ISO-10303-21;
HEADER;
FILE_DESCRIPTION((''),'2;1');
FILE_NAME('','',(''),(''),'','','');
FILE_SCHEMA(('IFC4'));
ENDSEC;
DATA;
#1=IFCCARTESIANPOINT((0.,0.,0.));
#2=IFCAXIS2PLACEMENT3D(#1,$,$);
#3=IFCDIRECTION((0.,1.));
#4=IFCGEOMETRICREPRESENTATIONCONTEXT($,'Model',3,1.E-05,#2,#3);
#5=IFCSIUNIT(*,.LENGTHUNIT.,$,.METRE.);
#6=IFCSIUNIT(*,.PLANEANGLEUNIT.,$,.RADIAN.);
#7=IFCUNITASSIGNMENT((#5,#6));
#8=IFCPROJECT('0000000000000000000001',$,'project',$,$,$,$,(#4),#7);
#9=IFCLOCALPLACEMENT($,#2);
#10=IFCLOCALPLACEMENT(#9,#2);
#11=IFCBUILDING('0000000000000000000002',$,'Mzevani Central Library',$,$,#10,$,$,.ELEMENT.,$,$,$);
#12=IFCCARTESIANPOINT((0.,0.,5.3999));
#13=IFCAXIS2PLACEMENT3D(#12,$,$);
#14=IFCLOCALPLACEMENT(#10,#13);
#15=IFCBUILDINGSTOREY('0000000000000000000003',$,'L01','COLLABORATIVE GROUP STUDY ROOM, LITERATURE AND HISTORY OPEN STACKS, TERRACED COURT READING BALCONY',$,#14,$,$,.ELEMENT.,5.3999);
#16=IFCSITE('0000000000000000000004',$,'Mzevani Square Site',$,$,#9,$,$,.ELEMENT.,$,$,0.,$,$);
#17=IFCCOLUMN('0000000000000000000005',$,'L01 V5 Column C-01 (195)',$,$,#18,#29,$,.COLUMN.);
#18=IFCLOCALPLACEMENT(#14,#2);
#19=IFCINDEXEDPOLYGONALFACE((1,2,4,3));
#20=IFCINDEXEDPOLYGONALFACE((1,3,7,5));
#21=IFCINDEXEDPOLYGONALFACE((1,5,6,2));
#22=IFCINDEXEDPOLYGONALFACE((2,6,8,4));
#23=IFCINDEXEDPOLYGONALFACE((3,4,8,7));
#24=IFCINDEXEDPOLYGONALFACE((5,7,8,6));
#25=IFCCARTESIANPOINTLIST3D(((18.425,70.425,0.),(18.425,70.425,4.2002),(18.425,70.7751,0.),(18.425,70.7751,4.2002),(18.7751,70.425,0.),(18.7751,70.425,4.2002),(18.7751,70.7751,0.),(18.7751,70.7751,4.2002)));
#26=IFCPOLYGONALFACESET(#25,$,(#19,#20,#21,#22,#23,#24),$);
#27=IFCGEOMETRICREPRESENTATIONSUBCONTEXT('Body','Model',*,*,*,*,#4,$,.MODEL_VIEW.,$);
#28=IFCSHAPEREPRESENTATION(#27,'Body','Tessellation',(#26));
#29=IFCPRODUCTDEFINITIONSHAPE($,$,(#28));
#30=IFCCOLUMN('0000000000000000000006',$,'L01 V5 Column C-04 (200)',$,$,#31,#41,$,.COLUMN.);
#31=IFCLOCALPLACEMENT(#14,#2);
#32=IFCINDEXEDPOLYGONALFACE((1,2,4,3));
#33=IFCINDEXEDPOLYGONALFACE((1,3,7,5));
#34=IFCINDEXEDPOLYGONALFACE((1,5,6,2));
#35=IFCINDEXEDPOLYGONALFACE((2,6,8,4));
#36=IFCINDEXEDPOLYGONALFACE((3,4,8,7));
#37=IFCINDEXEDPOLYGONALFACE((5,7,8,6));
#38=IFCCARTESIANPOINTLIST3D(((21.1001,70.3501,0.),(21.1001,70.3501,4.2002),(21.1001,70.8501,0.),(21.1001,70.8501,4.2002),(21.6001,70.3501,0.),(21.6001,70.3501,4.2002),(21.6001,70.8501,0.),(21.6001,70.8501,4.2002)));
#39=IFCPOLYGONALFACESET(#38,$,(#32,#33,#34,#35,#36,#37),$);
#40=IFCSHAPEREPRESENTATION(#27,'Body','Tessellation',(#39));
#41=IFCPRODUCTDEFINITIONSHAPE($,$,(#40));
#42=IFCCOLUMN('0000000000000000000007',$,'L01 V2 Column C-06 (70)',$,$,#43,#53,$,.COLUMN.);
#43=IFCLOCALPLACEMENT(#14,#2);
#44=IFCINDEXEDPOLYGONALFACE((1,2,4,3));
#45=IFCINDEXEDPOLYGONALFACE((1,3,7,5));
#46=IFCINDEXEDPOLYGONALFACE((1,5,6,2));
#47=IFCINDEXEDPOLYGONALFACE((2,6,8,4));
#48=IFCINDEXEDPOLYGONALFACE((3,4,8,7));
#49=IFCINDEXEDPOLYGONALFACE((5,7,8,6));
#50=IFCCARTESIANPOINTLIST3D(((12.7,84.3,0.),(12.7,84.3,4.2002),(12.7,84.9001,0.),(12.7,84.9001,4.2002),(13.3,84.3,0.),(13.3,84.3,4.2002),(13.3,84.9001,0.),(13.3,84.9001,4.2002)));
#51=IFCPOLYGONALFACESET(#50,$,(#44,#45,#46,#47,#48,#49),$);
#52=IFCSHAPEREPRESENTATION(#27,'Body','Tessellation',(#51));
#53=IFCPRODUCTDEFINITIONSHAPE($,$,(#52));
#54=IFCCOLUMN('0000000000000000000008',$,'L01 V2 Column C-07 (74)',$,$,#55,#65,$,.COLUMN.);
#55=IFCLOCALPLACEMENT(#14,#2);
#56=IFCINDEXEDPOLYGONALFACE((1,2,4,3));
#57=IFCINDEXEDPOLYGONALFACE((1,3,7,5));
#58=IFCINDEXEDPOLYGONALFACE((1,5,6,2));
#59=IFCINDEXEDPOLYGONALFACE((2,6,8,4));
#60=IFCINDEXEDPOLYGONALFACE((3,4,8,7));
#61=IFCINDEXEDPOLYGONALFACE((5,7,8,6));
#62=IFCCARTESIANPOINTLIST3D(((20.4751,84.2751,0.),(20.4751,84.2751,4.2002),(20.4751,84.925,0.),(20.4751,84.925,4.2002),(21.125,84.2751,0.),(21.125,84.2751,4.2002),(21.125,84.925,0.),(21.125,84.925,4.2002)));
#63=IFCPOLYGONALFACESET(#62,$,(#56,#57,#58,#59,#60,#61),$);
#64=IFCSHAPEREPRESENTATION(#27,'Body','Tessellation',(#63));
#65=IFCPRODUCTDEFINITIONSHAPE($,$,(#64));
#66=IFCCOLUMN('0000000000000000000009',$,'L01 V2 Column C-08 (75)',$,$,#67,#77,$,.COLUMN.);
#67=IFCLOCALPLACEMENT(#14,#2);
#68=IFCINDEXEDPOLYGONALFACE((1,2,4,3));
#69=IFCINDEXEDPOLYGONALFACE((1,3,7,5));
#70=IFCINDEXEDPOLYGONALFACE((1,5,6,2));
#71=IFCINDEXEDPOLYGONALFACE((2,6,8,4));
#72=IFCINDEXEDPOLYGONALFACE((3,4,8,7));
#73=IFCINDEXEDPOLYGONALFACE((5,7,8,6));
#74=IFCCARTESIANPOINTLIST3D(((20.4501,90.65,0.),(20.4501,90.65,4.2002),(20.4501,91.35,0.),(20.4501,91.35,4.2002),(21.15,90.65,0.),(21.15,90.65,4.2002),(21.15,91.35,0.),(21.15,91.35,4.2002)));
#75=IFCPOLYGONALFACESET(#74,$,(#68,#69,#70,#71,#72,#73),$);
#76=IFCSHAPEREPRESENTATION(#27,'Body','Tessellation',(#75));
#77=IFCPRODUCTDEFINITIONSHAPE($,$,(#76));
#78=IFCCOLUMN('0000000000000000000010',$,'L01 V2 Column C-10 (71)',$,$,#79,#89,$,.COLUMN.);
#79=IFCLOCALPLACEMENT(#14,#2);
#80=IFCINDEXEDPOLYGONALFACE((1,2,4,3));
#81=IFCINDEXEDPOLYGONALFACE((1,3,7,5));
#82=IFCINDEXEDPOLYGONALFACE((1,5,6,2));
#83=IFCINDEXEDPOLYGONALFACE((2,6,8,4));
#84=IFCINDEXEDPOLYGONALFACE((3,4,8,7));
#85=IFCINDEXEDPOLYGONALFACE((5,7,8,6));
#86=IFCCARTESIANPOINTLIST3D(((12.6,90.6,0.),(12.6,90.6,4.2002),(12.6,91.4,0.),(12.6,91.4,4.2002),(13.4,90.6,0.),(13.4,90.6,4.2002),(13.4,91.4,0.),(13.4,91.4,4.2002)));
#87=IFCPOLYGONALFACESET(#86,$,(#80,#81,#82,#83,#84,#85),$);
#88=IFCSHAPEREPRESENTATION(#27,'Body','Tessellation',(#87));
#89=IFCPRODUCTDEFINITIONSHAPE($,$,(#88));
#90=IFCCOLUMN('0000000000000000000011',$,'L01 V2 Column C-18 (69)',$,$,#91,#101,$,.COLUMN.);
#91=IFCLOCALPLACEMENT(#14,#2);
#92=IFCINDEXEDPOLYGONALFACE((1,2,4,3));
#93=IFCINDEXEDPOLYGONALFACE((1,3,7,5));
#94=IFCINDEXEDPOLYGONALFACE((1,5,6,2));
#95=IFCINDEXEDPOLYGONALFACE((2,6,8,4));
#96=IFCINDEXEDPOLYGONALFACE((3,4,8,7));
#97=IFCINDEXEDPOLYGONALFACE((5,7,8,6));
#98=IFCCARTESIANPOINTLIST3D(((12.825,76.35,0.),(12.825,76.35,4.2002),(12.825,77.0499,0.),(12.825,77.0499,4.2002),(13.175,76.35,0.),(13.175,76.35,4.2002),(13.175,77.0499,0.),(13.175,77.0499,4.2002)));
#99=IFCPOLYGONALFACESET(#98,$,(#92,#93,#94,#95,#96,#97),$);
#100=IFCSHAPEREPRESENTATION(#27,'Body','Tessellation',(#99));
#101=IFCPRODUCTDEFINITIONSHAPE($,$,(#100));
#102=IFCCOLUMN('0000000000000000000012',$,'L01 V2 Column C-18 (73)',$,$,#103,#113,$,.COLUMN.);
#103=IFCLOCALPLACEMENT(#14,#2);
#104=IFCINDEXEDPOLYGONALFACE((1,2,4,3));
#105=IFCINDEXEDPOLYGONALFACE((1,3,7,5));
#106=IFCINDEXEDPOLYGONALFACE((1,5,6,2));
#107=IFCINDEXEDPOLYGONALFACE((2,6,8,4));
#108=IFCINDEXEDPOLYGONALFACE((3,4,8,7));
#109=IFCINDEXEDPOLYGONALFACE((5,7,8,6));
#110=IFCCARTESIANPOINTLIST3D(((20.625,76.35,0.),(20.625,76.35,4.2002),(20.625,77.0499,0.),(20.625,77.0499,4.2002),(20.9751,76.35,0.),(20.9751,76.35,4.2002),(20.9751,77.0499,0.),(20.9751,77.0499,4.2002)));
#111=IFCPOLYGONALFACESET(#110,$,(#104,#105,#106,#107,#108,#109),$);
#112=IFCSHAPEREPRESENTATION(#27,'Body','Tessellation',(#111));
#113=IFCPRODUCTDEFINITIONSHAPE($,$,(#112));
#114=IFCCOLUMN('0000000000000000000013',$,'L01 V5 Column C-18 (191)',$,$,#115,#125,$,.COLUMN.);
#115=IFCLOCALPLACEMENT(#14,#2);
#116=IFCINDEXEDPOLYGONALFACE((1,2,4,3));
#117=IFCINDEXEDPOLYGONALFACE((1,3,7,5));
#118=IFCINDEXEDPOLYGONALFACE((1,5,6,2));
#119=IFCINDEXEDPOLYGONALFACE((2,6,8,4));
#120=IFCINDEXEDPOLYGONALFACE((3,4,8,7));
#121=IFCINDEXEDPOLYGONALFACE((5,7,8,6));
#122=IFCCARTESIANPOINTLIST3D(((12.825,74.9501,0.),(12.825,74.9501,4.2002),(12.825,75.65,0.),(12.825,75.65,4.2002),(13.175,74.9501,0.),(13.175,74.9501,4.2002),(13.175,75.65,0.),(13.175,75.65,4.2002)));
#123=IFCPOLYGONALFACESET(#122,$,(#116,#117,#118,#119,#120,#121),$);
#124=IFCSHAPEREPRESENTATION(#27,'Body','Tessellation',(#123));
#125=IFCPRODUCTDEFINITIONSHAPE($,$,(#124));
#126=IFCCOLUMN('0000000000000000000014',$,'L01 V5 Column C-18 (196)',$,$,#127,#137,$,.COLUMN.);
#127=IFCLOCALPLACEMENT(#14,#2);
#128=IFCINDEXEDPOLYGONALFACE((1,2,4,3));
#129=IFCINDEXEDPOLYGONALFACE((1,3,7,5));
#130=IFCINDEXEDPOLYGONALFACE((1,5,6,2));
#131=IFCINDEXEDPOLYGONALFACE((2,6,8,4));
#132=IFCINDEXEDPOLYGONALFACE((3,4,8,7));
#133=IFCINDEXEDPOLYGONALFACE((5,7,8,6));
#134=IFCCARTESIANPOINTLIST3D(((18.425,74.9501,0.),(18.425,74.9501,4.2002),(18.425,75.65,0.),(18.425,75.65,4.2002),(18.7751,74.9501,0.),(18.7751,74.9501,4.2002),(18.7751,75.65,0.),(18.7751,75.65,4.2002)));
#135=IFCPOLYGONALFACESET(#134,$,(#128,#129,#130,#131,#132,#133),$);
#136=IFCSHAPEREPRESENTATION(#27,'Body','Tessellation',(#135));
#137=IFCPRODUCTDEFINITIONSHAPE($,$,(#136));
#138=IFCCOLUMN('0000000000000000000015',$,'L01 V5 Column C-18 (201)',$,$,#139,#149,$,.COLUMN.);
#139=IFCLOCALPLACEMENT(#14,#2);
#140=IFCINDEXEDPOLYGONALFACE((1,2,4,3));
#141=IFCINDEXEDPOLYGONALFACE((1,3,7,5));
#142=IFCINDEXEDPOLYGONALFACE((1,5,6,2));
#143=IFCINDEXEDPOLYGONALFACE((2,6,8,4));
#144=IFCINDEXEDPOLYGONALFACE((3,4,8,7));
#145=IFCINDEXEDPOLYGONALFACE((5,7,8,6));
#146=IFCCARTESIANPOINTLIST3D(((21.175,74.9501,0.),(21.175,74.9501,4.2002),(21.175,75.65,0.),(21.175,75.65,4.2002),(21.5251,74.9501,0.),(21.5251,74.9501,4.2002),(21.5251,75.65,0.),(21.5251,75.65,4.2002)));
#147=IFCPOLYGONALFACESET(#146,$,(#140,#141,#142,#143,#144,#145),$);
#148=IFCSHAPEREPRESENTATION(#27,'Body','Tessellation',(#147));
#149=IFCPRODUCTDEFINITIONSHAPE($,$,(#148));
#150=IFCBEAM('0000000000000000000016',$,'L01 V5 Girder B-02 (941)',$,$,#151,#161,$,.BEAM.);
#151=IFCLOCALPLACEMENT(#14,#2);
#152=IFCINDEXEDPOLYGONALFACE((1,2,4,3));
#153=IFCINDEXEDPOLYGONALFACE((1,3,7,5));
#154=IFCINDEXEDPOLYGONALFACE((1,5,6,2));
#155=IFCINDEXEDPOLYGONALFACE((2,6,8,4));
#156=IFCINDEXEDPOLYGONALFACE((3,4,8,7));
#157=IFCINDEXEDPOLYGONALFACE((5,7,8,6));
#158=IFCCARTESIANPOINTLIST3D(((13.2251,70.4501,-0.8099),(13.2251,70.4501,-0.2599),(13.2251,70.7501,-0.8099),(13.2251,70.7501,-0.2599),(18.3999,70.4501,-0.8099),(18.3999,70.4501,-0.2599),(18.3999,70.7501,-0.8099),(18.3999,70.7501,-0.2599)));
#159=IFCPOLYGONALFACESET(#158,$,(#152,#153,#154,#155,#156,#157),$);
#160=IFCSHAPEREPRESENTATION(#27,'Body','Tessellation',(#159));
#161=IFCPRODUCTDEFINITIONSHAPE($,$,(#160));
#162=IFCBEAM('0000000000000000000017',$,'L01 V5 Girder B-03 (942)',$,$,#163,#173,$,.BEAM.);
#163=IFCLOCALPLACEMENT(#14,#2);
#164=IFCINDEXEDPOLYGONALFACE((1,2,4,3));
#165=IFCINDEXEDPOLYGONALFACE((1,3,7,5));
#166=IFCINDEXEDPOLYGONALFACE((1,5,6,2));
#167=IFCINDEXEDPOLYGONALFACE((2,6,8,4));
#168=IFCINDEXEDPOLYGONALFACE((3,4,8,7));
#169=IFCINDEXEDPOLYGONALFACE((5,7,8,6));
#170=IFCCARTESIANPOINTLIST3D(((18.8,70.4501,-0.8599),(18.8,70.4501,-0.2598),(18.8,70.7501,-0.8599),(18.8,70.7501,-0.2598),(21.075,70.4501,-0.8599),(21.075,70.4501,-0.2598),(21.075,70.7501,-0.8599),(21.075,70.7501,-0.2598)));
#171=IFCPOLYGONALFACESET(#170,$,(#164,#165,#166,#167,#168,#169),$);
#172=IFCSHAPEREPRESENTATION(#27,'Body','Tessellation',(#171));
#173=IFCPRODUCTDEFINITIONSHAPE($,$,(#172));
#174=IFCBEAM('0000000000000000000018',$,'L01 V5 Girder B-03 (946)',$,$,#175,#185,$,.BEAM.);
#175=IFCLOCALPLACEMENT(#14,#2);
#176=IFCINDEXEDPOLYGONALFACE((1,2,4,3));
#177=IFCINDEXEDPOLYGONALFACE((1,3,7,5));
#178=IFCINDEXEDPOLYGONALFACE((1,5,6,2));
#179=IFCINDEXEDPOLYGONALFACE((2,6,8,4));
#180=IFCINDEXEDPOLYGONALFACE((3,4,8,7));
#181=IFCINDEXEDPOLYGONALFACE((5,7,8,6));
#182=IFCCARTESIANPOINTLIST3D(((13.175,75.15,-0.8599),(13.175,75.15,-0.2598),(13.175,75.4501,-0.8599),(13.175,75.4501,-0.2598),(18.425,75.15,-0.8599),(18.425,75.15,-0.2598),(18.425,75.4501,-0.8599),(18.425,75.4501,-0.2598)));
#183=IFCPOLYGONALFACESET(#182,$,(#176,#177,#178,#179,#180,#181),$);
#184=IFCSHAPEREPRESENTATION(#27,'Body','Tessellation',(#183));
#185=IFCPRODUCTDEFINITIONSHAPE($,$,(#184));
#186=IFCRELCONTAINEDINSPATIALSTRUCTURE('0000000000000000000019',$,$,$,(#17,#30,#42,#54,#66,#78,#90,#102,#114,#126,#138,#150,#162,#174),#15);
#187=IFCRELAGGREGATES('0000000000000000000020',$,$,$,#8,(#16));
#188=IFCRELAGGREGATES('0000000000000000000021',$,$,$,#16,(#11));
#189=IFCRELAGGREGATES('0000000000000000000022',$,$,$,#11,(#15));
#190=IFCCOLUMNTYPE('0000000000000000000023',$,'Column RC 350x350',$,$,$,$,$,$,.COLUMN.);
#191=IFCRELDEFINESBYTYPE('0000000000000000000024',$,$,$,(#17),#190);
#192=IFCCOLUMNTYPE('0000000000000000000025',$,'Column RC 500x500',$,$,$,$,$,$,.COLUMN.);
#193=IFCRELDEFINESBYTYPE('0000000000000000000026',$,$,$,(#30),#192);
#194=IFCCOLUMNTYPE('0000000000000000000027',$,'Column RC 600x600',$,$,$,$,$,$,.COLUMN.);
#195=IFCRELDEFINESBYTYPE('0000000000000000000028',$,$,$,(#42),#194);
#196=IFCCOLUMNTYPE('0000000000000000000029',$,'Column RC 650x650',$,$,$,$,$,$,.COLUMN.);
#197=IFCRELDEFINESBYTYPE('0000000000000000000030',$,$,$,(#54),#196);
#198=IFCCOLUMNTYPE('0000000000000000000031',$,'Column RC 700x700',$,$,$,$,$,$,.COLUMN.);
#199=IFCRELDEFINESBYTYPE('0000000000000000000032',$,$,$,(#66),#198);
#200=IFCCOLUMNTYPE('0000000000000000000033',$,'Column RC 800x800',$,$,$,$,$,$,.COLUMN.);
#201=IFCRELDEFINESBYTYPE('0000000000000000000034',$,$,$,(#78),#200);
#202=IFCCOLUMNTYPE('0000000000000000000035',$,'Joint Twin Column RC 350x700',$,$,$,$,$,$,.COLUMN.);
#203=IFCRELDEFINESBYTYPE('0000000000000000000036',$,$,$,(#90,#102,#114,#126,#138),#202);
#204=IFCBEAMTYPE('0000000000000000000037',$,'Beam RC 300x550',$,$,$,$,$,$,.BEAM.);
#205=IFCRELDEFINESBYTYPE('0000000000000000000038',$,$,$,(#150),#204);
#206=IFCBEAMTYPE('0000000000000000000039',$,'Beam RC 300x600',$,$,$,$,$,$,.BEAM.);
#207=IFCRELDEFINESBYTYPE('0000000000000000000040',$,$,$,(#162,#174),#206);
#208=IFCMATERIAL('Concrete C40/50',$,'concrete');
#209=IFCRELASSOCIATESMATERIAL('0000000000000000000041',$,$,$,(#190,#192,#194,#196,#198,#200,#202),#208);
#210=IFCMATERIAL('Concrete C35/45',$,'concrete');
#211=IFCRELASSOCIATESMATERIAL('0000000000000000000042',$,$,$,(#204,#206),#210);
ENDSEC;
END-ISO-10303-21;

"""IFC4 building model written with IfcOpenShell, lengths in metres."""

from ifc_helpers import new_model, si_unit, direction, frame, origin, origin_2d, place, context, subcontext, project, spatial, rectangle, extrude, material, material_profile, profile_set, type_object, element, save


model = new_model("IFC4")

# Units and contexts
model_context = context("Model", 3, precision=1e-05, world=origin(), true_north=direction((0.0, 1.0)))
body_context = subcontext(model_context, "Body", "Model", "MODEL_VIEW")
ifc_project = project(units=[si_unit("LENGTHUNIT", "METRE"), si_unit("PLANEANGLEUNIT", "RADIAN")], contexts=[model_context])

# Site, building, storey
site_placement = place(None, origin())
site = spatial("IfcSite", under=ifc_project, at=site_placement, Name="Mzevani Square Site", CompositionType="ELEMENT", RefElevation=0.0)
building_placement = place(site_placement, origin())
building = spatial("IfcBuilding", under=site, at=building_placement, Name="Mzevani Central Library", CompositionType="ELEMENT")
storey_placement = place(building_placement, frame((0.0, 0.0, 5.3999)))
storey = spatial("IfcBuildingStorey", under=building, at=storey_placement, Name="L01", Description="COLLABORATIVE GROUP STUDY ROOM, LITERATURE AND HISTORY OPEN STACKS, TERRACED COURT READING BALCONY", CompositionType="ELEMENT", Elevation=5.3999)

# Columns
ifc_material_1 = material(Name="Concrete C40/50", Category="concrete")
ifc_material_profile_1 = material_profile(ifc_material_1, rectangle(XDim=0.3501, YDim=0.3501, at=origin_2d()), Name="RC 350x350")
ifc_profile_set_1 = profile_set([ifc_material_profile_1], Name="Concrete C40/50")
column_type_1 = type_object("IfcColumnType", Name="Column RC 350x350", PredefinedType="COLUMN", material=ifc_profile_set_1)
column_1_placement = place(storey_placement, frame((18.6001, 70.6001, 0.0), z_axis=(0.0, 0.0, 1.0), x_axis=(1.0, 0.0, 0.0)))
element("IfcColumn", 1, at=column_1_placement, inside=storey, type_object=column_type_1, Name="L01 V5 Column C-01 (195)", PredefinedType="COLUMN", context=body_context, shape_type="SweptSolid", body=[
    extrude(rectangle(XDim=0.3501, YDim=0.3501, at=origin_2d()), origin(), (0.0, 0.0, 1.0), 4.2002),
])
ifc_material_profile_2 = material_profile(ifc_material_1, rectangle(XDim=0.5, YDim=0.5, at=origin_2d()), Name="RC 500x500")
ifc_profile_set_2 = profile_set([ifc_material_profile_2], Name="Concrete C40/50")
column_type_2 = type_object("IfcColumnType", Name="Column RC 500x500", PredefinedType="COLUMN", material=ifc_profile_set_2)
column_2_placement = place(storey_placement, frame((21.3501, 70.6001, 0.0), z_axis=(0.0, 0.0, 1.0), x_axis=(1.0, 0.0, 0.0)))
element("IfcColumn", 2, at=column_2_placement, inside=storey, type_object=column_type_2, Name="L01 V5 Column C-04 (200)", PredefinedType="COLUMN", context=body_context, shape_type="SweptSolid", body=[
    extrude(rectangle(XDim=0.5, YDim=0.5, at=origin_2d()), origin(), (0.0, 0.0, 1.0), 4.2002),
])
ifc_material_profile_3 = material_profile(ifc_material_1, rectangle(XDim=0.6001, YDim=0.6001, at=origin_2d()), Name="RC 600x600")
ifc_profile_set_3 = profile_set([ifc_material_profile_3], Name="Concrete C40/50")
column_type_3 = type_object("IfcColumnType", Name="Column RC 600x600", PredefinedType="COLUMN", material=ifc_profile_set_3)
column_3_placement = place(storey_placement, frame((13.0, 84.6001, 0.0), z_axis=(0.0, 0.0, 1.0), x_axis=(1.0, 0.0, 0.0)))
element("IfcColumn", 3, at=column_3_placement, inside=storey, type_object=column_type_3, Name="L01 V2 Column C-06 (70)", PredefinedType="COLUMN", context=body_context, shape_type="SweptSolid", body=[
    extrude(rectangle(XDim=0.6001, YDim=0.6001, at=origin_2d()), origin(), (0.0, 0.0, 1.0), 4.2002),
])
ifc_material_profile_4 = material_profile(ifc_material_1, rectangle(XDim=0.6499, YDim=0.6499, at=origin_2d()), Name="RC 650x650")
ifc_profile_set_4 = profile_set([ifc_material_profile_4], Name="Concrete C40/50")
column_type_4 = type_object("IfcColumnType", Name="Column RC 650x650", PredefinedType="COLUMN", material=ifc_profile_set_4)
column_4_placement = place(storey_placement, frame((20.8, 84.6001, 0.0), z_axis=(0.0, 0.0, 1.0), x_axis=(1.0, 0.0, 0.0)))
element("IfcColumn", 4, at=column_4_placement, inside=storey, type_object=column_type_4, Name="L01 V2 Column C-07 (74)", PredefinedType="COLUMN", context=body_context, shape_type="SweptSolid", body=[
    extrude(rectangle(XDim=0.6499, YDim=0.6499, at=origin_2d()), origin(), (0.0, 0.0, 1.0), 4.2002),
])
ifc_material_profile_5 = material_profile(ifc_material_1, rectangle(XDim=0.7, YDim=0.7, at=origin_2d()), Name="RC 700x700")
ifc_profile_set_5 = profile_set([ifc_material_profile_5], Name="Concrete C40/50")
column_type_5 = type_object("IfcColumnType", Name="Column RC 700x700", PredefinedType="COLUMN", material=ifc_profile_set_5)
column_5_placement = place(storey_placement, frame((20.8, 91.0, 0.0), z_axis=(0.0, 0.0, 1.0), x_axis=(1.0, 0.0, 0.0)))
element("IfcColumn", 5, at=column_5_placement, inside=storey, type_object=column_type_5, Name="L01 V2 Column C-08 (75)", PredefinedType="COLUMN", context=body_context, shape_type="SweptSolid", body=[
    extrude(rectangle(XDim=0.7, YDim=0.7, at=origin_2d()), origin(), (0.0, 0.0, 1.0), 4.2002),
])
ifc_material_profile_6 = material_profile(ifc_material_1, rectangle(XDim=0.8, YDim=0.8, at=origin_2d()), Name="RC 800x800")
ifc_profile_set_6 = profile_set([ifc_material_profile_6], Name="Concrete C40/50")
column_type_6 = type_object("IfcColumnType", Name="Column RC 800x800", PredefinedType="COLUMN", material=ifc_profile_set_6)
column_6_placement = place(storey_placement, frame((13.0, 91.0, 0.0), z_axis=(0.0, 0.0, 1.0), x_axis=(1.0, 0.0, 0.0)))
element("IfcColumn", 6, at=column_6_placement, inside=storey, type_object=column_type_6, Name="L01 V2 Column C-10 (71)", PredefinedType="COLUMN", context=body_context, shape_type="SweptSolid", body=[
    extrude(rectangle(XDim=0.8, YDim=0.8, at=origin_2d()), origin(), (0.0, 0.0, 1.0), 4.2002),
])
ifc_material_profile_7 = material_profile(ifc_material_1, rectangle(XDim=0.3501, YDim=0.7, at=origin_2d()), Name="RC 350x700")
ifc_profile_set_7 = profile_set([ifc_material_profile_7], Name="Concrete C40/50")
column_type_7 = type_object("IfcColumnType", Name="Joint Twin Column RC 350x700", PredefinedType="COLUMN", material=ifc_profile_set_7)
for number, where, z_axis, x_axis, name in (
    (7, (13.0, 76.7, 0.0), (0.0, 0.0, 1.0), (1.0, 0.0, 0.0), "L01 V2 Column C-18 (69)"),
    (8, (20.8, 76.7, 0.0), (0.0, 0.0, 1.0), (1.0, 0.0, 0.0), "L01 V2 Column C-18 (73)"),
    (9, (13.0, 75.3, 0.0), (0.0, 0.0, 1.0), (1.0, 0.0, 0.0), "L01 V5 Column C-18 (191)"),
    (10, (18.6001, 75.3, 0.0), (0.0, 0.0, 1.0), (1.0, 0.0, 0.0), "L01 V5 Column C-18 (196)"),
    (11, (21.3501, 75.3, 0.0), (0.0, 0.0, 1.0), (1.0, 0.0, 0.0), "L01 V5 Column C-18 (201)"),
):
    element("IfcColumn", number, at=place(storey_placement, frame(where, z_axis=z_axis, x_axis=x_axis)), inside=storey, type_object=column_type_7, Name=name, PredefinedType="COLUMN", context=body_context, shape_type="SweptSolid", body=[
        extrude(rectangle(XDim=0.3501, YDim=0.7, at=origin_2d()), origin(), (0.0, 0.0, 1.0), 4.2002),
    ])

# Beams
ifc_material_2 = material(Name="Concrete C35/45", Category="concrete")
ifc_material_profile_8 = material_profile(ifc_material_2, rectangle(XDim=0.3, YDim=0.55, at=origin_2d()), Name="RC B300x550")
ifc_profile_set_8 = profile_set([ifc_material_profile_8], Name="Concrete C35/45")
beam_type_1 = type_object("IfcBeamType", Name="Beam RC 300x550", PredefinedType="BEAM", material=ifc_profile_set_8)
beam_1_placement = place(storey_placement, frame((13.2251, 70.6001, -0.5349), z_axis=(1.0, 0.0, 0.0), x_axis=(0.0, 1.0, 0.0)))
element("IfcBeam", 12, at=beam_1_placement, inside=storey, type_object=beam_type_1, Name="L01 V5 Girder B-02 (941)", PredefinedType="BEAM", context=body_context, shape_type="SweptSolid", body=[
    extrude(rectangle(XDim=0.3, YDim=0.55, at=origin_2d()), origin(), (0.0, 0.0, 1.0), 5.1748),
])
ifc_material_profile_9 = material_profile(ifc_material_2, rectangle(XDim=0.3, YDim=0.6001, at=origin_2d()), Name="RC B300x600")
ifc_profile_set_9 = profile_set([ifc_material_profile_9], Name="Concrete C35/45")
beam_type_2 = type_object("IfcBeamType", Name="Beam RC 300x600", PredefinedType="BEAM", material=ifc_profile_set_9)
beam_2_placement = place(storey_placement, frame((18.8, 70.6001, -0.5598), z_axis=(1.0, 0.0, 0.0), x_axis=(0.0, 1.0, 0.0)))
element("IfcBeam", 13, at=beam_2_placement, inside=storey, type_object=beam_type_2, Name="L01 V5 Girder B-03 (942)", PredefinedType="BEAM", context=body_context, shape_type="SweptSolid", body=[
    extrude(rectangle(XDim=0.3, YDim=0.6001, at=origin_2d()), origin(), (0.0, 0.0, 1.0), 2.2749),
])
beam_3_placement = place(storey_placement, frame((13.175, 75.3, -0.5598), z_axis=(1.0, 0.0, 0.0), x_axis=(0.0, 1.0, 0.0)))
element("IfcBeam", 14, at=beam_3_placement, inside=storey, type_object=beam_type_2, Name="L01 V5 Girder B-03 (946)", PredefinedType="BEAM", context=body_context, shape_type="SweptSolid", body=[
    extrude(rectangle(XDim=0.3, YDim=0.6001, at=origin_2d()), origin(), (0.0, 0.0, 1.0), 5.25),
])

save(model, "model.ifc")
